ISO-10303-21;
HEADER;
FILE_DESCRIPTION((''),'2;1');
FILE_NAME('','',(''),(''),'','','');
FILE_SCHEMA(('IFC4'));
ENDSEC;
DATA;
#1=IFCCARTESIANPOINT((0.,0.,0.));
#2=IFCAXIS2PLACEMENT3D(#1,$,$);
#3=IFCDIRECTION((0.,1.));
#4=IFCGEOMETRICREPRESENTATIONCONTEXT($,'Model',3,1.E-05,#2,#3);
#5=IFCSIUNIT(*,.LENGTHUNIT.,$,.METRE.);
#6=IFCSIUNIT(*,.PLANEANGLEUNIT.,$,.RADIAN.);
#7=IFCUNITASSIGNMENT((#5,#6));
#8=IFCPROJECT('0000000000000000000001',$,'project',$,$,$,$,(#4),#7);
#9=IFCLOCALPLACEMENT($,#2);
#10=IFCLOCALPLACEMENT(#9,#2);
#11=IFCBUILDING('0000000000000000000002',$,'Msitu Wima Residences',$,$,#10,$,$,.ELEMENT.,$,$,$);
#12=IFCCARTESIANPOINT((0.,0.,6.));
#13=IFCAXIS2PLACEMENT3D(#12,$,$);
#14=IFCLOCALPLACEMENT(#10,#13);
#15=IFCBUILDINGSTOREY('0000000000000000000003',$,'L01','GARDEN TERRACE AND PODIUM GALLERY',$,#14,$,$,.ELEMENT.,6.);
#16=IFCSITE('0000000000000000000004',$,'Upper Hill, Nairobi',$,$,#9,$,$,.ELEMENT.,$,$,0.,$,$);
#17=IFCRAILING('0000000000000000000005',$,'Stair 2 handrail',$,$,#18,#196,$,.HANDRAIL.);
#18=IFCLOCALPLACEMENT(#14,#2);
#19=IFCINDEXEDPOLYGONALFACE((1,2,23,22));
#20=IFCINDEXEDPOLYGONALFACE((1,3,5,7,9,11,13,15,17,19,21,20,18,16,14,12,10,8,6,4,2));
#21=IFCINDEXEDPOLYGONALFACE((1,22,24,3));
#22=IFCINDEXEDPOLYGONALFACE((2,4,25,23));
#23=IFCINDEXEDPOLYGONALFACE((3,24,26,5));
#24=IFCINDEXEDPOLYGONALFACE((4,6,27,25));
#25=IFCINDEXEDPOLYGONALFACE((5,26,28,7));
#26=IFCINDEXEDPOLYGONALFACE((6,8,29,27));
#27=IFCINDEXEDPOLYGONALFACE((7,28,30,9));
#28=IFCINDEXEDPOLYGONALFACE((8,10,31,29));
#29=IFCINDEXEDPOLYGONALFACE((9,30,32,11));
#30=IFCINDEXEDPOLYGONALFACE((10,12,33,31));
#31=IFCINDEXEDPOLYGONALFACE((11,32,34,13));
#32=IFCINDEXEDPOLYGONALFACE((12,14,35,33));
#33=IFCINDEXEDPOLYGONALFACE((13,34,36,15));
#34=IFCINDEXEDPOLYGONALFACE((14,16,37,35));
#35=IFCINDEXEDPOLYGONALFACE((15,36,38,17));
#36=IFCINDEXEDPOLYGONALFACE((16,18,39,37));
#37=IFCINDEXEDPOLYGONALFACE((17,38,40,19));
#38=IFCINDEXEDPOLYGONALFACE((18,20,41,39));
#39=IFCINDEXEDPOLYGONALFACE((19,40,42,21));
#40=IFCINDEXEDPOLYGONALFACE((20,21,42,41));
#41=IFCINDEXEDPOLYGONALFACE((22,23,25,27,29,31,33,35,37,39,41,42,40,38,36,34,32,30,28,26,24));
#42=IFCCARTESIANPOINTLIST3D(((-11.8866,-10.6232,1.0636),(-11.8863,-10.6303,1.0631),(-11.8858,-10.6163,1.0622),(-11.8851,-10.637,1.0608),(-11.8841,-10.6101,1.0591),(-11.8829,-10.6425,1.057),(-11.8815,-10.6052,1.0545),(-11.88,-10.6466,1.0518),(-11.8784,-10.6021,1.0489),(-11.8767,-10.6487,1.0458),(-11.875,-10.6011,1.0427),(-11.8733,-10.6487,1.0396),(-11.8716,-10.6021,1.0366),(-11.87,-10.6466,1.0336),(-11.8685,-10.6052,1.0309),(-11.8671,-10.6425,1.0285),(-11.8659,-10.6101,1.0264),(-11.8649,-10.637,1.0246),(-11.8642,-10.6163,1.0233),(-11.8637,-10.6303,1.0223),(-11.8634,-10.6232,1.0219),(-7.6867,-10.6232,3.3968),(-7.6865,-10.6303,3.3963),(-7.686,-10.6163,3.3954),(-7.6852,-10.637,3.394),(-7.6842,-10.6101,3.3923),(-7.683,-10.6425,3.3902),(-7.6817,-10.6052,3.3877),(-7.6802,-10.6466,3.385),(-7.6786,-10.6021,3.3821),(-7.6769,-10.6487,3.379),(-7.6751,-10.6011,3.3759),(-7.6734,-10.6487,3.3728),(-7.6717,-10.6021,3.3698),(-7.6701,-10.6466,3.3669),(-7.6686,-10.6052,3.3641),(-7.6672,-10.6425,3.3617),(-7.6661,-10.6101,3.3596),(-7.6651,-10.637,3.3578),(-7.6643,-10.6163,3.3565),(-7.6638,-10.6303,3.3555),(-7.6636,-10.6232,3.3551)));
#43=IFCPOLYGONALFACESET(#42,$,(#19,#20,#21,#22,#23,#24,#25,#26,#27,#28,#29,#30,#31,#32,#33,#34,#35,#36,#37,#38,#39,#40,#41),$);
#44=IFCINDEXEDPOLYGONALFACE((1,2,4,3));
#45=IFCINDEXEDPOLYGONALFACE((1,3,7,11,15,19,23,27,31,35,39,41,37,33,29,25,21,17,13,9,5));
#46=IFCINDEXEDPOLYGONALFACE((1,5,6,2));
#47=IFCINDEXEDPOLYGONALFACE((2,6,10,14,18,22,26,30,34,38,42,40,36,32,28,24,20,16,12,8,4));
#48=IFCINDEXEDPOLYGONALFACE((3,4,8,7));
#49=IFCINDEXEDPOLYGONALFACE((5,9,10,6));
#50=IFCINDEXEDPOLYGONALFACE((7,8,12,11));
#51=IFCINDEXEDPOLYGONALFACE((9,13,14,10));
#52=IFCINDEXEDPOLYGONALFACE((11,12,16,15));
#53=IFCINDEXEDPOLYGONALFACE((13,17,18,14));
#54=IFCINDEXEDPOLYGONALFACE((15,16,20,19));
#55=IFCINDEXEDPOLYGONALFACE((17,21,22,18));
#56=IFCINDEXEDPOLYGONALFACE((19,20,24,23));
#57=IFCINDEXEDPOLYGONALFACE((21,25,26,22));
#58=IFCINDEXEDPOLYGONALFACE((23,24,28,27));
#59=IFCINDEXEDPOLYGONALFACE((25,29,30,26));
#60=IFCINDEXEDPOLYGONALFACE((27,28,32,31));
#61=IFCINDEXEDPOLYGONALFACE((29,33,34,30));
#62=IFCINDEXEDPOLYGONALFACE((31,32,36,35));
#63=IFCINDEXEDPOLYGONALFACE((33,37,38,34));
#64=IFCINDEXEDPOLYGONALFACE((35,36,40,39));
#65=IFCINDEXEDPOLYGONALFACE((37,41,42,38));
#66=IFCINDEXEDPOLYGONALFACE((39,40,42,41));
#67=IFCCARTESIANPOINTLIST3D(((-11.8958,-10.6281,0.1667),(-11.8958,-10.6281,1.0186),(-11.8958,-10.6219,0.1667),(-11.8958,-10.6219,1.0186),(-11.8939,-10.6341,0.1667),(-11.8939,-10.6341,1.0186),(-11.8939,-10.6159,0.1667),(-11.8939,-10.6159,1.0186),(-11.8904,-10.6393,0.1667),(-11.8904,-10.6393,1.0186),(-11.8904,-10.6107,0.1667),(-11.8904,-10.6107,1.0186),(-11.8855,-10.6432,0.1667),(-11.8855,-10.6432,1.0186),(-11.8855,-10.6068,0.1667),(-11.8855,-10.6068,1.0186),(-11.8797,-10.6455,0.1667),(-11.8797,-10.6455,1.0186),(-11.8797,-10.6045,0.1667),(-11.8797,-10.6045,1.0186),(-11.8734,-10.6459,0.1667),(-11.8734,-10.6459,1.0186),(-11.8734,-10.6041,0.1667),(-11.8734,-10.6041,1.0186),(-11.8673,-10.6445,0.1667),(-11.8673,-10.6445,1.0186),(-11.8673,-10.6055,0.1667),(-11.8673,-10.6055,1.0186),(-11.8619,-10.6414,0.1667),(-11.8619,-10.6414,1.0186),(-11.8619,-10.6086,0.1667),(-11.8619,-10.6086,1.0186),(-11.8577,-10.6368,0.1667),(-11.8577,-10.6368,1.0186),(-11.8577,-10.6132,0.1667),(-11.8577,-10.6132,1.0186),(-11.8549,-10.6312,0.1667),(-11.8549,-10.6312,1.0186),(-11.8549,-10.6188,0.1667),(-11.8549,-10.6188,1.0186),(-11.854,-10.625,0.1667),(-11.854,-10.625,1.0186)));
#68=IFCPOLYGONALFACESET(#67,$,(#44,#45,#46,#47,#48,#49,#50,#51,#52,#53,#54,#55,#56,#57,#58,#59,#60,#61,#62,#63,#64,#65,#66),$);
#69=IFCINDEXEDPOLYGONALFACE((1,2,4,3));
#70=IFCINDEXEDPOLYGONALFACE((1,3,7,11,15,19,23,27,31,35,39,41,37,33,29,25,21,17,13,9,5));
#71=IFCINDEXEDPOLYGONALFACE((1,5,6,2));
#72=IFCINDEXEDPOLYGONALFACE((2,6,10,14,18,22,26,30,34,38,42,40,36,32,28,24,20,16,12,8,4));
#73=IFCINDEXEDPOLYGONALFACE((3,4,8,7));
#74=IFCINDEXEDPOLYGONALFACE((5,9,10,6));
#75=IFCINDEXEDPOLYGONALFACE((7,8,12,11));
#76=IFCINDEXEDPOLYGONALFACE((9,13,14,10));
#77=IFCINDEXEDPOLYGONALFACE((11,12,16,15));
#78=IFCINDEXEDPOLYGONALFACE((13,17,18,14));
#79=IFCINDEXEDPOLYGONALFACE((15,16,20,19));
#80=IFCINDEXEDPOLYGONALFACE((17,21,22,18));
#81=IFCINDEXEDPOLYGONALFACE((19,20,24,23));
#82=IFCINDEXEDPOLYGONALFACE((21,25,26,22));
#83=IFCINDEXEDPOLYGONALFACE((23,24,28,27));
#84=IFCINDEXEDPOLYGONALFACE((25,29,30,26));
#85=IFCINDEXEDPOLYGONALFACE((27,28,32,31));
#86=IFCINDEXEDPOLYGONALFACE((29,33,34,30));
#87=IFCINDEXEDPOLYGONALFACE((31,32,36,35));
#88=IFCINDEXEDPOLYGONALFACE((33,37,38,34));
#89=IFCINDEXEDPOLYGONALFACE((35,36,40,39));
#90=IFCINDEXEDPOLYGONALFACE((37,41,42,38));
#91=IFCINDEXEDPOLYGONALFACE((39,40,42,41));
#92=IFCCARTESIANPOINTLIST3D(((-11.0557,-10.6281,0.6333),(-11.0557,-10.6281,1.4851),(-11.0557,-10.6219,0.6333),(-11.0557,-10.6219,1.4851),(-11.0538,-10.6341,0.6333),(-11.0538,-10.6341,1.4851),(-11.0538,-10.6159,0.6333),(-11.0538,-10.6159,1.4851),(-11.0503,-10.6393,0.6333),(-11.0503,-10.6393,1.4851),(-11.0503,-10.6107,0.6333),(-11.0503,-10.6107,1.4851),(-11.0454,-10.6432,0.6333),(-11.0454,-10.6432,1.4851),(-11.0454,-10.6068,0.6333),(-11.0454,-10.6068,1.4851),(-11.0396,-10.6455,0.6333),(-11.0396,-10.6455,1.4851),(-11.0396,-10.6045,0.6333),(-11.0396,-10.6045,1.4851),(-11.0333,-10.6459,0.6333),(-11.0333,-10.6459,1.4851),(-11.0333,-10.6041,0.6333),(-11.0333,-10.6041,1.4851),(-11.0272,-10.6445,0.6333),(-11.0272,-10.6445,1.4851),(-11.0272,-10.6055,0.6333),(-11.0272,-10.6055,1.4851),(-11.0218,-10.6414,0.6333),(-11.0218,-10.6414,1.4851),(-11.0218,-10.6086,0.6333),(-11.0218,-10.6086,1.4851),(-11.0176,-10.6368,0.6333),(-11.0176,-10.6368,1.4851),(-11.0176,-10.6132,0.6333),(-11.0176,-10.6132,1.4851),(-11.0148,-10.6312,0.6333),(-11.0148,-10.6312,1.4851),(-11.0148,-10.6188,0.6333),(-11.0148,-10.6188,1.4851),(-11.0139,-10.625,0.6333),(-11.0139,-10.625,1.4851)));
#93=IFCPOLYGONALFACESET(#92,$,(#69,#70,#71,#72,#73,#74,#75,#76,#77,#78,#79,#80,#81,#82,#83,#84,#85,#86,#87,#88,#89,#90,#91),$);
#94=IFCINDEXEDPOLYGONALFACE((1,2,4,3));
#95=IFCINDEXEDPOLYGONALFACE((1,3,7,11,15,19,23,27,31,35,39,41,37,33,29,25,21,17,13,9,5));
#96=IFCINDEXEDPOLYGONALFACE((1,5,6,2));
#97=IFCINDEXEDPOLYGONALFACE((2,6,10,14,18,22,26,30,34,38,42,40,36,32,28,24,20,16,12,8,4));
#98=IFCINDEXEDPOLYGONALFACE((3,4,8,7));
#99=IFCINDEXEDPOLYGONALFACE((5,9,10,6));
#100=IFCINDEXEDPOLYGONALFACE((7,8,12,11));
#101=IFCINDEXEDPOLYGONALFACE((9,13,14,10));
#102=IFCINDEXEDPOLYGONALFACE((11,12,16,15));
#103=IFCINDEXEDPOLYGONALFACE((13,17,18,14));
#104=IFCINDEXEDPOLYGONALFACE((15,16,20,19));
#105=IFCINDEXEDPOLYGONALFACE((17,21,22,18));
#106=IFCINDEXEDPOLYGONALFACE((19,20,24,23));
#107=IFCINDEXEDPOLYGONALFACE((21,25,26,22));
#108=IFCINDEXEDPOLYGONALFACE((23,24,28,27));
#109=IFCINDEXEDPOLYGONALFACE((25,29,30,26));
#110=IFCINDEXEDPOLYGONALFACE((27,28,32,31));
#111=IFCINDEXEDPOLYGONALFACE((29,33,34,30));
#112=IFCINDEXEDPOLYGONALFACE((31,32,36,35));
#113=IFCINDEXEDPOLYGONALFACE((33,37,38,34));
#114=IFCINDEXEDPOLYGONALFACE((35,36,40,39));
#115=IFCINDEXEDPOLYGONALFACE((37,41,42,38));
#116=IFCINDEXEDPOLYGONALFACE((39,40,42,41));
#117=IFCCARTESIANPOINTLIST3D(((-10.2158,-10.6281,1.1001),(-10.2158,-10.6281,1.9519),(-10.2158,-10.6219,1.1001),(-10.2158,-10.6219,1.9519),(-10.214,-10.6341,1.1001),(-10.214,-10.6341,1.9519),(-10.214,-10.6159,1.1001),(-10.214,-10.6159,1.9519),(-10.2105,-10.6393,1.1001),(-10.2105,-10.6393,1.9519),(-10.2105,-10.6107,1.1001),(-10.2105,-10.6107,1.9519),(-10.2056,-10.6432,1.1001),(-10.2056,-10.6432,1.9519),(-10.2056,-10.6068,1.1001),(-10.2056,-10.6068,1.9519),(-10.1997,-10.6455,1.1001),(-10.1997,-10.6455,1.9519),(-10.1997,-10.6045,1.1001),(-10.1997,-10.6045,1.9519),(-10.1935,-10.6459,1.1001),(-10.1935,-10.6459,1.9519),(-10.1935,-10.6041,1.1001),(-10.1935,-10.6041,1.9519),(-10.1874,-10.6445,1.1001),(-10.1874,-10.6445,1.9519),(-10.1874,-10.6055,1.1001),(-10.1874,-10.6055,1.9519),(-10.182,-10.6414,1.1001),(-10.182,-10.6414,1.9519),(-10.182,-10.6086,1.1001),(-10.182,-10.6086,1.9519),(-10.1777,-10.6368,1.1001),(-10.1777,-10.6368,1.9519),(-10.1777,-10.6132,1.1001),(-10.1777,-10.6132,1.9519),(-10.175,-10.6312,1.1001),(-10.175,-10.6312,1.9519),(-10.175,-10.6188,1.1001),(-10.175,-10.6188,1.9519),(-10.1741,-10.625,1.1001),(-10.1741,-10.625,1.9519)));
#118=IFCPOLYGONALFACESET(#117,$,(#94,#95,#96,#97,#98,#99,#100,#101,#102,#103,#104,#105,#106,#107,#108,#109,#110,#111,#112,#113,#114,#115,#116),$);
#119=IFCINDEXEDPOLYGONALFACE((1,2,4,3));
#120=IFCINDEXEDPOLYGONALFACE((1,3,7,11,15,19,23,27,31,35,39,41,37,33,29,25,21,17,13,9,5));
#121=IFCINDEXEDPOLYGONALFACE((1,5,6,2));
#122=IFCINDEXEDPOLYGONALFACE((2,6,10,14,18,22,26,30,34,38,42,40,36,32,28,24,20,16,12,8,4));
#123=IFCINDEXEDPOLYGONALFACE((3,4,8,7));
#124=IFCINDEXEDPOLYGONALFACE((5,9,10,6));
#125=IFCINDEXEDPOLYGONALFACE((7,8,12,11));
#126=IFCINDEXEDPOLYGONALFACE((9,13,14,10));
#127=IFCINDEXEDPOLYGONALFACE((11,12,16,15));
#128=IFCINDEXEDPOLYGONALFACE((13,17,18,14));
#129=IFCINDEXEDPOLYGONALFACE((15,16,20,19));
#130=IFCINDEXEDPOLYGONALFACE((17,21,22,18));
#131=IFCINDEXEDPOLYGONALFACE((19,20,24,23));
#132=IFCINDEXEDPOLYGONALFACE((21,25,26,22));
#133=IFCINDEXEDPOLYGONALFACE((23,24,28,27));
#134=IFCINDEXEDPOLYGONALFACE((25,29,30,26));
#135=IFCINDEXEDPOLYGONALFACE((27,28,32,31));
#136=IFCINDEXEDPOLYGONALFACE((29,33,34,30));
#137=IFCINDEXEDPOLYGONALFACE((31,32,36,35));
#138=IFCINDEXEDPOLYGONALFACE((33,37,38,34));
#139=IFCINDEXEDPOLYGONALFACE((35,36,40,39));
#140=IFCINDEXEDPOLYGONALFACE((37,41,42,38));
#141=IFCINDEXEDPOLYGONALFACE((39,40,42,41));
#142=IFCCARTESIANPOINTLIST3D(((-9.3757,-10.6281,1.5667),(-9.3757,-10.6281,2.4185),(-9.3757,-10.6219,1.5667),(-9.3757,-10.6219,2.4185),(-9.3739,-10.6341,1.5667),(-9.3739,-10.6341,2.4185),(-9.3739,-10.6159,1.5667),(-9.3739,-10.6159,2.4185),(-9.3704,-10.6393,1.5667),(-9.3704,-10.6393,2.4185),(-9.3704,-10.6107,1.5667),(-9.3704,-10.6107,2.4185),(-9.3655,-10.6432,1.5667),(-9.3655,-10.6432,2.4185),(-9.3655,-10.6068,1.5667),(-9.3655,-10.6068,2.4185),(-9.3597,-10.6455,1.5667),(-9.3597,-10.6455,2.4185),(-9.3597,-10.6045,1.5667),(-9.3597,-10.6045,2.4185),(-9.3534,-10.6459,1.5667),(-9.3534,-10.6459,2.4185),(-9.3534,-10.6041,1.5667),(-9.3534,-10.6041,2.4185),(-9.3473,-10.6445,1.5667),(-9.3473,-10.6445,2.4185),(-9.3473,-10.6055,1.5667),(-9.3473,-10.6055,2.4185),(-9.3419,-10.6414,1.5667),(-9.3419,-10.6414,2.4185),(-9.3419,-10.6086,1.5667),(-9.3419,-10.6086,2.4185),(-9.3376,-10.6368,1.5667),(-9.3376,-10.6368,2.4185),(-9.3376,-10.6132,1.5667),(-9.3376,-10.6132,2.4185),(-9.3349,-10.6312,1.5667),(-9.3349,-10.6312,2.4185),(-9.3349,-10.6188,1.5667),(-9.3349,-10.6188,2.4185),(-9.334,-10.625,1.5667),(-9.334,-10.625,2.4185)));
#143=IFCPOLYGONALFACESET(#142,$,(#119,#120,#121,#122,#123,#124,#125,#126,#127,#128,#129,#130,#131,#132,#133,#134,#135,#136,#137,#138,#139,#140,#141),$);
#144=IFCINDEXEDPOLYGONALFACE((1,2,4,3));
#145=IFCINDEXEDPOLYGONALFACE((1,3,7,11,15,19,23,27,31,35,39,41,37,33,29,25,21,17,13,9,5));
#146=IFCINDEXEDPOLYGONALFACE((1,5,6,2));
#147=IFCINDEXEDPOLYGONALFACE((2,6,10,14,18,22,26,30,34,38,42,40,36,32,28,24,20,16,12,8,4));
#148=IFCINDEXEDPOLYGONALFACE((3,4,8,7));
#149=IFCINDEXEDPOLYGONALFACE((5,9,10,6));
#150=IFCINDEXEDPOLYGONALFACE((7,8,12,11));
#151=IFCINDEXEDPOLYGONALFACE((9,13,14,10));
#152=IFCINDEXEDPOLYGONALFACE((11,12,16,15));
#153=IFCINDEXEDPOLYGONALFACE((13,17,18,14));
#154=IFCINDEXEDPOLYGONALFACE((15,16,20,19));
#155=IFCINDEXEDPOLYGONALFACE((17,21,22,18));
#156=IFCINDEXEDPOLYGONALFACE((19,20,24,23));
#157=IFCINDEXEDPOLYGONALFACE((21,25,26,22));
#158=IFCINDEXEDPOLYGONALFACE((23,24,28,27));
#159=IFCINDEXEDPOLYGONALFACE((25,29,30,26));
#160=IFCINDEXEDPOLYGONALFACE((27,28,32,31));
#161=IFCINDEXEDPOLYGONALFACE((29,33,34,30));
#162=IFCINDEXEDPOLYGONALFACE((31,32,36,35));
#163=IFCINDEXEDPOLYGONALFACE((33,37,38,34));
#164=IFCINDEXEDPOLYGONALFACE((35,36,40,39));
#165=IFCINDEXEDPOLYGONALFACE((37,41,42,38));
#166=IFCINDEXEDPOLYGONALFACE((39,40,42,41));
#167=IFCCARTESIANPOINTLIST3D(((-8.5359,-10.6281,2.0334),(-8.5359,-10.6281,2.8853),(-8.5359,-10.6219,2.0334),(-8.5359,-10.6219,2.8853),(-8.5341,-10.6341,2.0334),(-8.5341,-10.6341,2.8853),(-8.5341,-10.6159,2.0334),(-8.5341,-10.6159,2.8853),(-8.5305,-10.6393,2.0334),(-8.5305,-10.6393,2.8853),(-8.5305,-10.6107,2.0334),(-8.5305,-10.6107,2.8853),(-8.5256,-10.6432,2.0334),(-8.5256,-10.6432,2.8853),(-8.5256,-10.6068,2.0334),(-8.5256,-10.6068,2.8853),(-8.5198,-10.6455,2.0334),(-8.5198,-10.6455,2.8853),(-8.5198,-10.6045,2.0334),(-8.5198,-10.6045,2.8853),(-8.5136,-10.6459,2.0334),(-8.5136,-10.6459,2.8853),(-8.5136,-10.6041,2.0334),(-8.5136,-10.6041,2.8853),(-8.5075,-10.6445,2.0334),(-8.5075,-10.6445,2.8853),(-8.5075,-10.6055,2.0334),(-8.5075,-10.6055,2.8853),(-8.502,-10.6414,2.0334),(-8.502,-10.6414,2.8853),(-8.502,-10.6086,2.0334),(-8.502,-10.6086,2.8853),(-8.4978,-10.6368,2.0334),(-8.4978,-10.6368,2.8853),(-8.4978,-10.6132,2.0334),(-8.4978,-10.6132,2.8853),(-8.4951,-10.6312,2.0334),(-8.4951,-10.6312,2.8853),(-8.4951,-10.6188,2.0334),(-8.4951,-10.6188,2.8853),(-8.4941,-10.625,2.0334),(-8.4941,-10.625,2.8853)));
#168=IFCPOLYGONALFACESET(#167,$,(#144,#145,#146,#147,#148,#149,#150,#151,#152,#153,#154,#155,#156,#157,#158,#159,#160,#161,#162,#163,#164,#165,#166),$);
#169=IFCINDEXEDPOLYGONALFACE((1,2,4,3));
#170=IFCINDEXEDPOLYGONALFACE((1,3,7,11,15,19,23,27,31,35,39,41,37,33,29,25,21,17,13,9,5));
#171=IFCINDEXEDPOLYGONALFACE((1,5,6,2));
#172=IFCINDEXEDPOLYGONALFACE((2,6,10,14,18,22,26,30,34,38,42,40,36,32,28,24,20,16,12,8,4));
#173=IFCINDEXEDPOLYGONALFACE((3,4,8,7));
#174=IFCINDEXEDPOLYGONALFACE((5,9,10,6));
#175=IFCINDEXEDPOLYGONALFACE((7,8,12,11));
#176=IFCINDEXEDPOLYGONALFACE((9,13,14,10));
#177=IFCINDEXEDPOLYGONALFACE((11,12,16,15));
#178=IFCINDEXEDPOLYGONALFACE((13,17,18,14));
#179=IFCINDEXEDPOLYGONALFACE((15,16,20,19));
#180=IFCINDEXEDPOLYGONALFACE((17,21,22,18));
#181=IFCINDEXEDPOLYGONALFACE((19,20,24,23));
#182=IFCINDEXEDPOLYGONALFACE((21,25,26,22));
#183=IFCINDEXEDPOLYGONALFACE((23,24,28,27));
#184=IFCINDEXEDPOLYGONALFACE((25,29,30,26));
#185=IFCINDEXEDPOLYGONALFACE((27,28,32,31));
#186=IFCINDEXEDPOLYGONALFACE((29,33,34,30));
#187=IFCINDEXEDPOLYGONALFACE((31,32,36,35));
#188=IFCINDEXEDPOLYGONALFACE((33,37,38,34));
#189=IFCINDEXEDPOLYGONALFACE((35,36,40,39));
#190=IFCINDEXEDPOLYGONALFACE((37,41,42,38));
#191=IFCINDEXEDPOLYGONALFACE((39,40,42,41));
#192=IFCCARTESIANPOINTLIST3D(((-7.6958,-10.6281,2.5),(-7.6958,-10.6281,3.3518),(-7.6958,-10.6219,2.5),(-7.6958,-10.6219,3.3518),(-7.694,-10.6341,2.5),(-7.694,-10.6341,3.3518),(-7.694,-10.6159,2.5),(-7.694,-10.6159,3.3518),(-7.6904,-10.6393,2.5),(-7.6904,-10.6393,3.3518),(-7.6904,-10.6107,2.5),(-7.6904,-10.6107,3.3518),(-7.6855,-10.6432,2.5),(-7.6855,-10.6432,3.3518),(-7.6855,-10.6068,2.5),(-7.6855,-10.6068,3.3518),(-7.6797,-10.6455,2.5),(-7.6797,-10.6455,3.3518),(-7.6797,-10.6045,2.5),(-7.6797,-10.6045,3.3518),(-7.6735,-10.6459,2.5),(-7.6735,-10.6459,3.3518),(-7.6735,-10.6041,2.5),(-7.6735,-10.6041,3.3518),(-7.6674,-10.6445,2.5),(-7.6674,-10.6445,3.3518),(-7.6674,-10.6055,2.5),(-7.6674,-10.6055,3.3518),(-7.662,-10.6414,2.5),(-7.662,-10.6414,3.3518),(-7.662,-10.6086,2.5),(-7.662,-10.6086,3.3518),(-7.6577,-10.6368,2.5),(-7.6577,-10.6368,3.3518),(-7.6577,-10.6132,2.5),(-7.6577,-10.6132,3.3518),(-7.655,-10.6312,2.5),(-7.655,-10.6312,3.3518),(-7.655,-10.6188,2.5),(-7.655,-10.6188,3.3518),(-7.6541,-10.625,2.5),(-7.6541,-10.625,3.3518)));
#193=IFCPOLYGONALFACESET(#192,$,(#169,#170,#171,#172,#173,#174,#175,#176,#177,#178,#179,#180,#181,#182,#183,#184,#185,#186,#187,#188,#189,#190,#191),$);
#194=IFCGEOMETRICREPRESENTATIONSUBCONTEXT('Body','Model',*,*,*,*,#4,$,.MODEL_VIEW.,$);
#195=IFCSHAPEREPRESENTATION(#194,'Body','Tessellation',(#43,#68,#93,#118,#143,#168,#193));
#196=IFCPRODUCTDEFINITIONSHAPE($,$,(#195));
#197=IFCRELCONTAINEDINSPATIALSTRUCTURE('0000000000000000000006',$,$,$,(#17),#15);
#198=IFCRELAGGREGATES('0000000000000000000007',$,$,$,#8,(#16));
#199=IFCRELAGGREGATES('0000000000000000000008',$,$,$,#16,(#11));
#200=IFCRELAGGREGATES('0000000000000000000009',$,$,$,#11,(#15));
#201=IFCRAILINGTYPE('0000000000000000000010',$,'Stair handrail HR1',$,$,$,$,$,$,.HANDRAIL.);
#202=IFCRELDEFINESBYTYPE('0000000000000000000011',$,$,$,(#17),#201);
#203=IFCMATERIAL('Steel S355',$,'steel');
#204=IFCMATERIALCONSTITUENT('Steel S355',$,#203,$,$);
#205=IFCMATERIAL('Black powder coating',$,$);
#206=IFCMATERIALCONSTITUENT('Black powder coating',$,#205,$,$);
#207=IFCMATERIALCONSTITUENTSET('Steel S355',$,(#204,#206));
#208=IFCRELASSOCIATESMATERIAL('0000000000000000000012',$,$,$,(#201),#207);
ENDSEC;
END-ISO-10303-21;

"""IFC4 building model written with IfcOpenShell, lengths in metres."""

from ifc_helpers import new_model, si_unit, direction, frame, origin, origin_2d, place, context, subcontext, project, spatial, circle, extrude, material, constituent, constituent_set, type_object, element, save


model = new_model("IFC4")

# Units and contexts
model_context = context("Model", 3, precision=1e-05, world=origin(), true_north=direction((0.0, 1.0)))
body_context = subcontext(model_context, "Body", "Model", "MODEL_VIEW")
ifc_project = project(units=[si_unit("LENGTHUNIT", "METRE"), si_unit("PLANEANGLEUNIT", "RADIAN")], contexts=[model_context])

# Site, building, storey
site_placement = place(None, origin())
site = spatial("IfcSite", under=ifc_project, at=site_placement, Name="Upper Hill, Nairobi", CompositionType="ELEMENT", RefElevation=0.0)
building_placement = place(site_placement, origin())
building = spatial("IfcBuilding", under=site, at=building_placement, Name="Msitu Wima Residences", CompositionType="ELEMENT")
storey_placement = place(building_placement, frame((0.0, 0.0, 6.0)))
storey = spatial("IfcBuildingStorey", under=building, at=storey_placement, Name="L01", Description="GARDEN TERRACE AND PODIUM GALLERY", CompositionType="ELEMENT", Elevation=6.0)

# Railing
ifc_material_1 = material(Name="Steel S355", Category="steel")
ifc_constituent_1 = constituent(ifc_material_1, Name="Steel S355")
ifc_material_2 = material(Name="Black powder coating")
ifc_constituent_2 = constituent(ifc_material_2, Name="Black powder coating")
ifc_constituent_set = constituent_set(constituents=[ifc_constituent_1, ifc_constituent_2], Name="Steel S355")
railing_type = type_object("IfcRailingType", Name="Stair handrail HR1", PredefinedType="HANDRAIL", material=ifc_constituent_set)
for number, where, name in (
    (1, (-11.875, -10.625, 0.1667), "Stair 2 handrail"),
):
    element("IfcRailing", number, at=place(storey_placement, frame(where)), inside=storey, type_object=railing_type, Name=name, PredefinedType="HANDRAIL", context=body_context, shape_type="SweptSolid", body=[
        extrude(circle(Radius=0.0239, at=origin_2d()), frame((0.0, 0.0, 0.876), z_axis=(0.874162, 0.0, 0.485634), x_axis=(0.0, 1.0, 0.0)), (0.0, 0.0, 1.0), 4.8044),
        extrude(circle(Radius=0.021, at=origin_2d()), origin(), (0.0, 0.0, 1.0), 0.8518),
        extrude(circle(Radius=0.021, at=origin_2d()), frame((0.8401, 0.0, 0.4666)), (0.0, 0.0, 1.0), 0.8518),
        extrude(circle(Radius=0.021, at=origin_2d()), frame((1.6799, 0.0, 0.9333)), (0.0, 0.0, 1.0), 0.8518),
        extrude(circle(Radius=0.021, at=origin_2d()), frame((2.52, 0.0, 1.3999)), (0.0, 0.0, 1.0), 0.8518),
        extrude(circle(Radius=0.021, at=origin_2d()), frame((3.3599, 0.0, 1.8667)), (0.0, 0.0, 1.0), 0.8518),
        extrude(circle(Radius=0.021, at=origin_2d()), frame((4.2, 0.0, 2.3333)), (0.0, 0.0, 1.0), 0.8518),
    ])

save(model, "model.ifc")
